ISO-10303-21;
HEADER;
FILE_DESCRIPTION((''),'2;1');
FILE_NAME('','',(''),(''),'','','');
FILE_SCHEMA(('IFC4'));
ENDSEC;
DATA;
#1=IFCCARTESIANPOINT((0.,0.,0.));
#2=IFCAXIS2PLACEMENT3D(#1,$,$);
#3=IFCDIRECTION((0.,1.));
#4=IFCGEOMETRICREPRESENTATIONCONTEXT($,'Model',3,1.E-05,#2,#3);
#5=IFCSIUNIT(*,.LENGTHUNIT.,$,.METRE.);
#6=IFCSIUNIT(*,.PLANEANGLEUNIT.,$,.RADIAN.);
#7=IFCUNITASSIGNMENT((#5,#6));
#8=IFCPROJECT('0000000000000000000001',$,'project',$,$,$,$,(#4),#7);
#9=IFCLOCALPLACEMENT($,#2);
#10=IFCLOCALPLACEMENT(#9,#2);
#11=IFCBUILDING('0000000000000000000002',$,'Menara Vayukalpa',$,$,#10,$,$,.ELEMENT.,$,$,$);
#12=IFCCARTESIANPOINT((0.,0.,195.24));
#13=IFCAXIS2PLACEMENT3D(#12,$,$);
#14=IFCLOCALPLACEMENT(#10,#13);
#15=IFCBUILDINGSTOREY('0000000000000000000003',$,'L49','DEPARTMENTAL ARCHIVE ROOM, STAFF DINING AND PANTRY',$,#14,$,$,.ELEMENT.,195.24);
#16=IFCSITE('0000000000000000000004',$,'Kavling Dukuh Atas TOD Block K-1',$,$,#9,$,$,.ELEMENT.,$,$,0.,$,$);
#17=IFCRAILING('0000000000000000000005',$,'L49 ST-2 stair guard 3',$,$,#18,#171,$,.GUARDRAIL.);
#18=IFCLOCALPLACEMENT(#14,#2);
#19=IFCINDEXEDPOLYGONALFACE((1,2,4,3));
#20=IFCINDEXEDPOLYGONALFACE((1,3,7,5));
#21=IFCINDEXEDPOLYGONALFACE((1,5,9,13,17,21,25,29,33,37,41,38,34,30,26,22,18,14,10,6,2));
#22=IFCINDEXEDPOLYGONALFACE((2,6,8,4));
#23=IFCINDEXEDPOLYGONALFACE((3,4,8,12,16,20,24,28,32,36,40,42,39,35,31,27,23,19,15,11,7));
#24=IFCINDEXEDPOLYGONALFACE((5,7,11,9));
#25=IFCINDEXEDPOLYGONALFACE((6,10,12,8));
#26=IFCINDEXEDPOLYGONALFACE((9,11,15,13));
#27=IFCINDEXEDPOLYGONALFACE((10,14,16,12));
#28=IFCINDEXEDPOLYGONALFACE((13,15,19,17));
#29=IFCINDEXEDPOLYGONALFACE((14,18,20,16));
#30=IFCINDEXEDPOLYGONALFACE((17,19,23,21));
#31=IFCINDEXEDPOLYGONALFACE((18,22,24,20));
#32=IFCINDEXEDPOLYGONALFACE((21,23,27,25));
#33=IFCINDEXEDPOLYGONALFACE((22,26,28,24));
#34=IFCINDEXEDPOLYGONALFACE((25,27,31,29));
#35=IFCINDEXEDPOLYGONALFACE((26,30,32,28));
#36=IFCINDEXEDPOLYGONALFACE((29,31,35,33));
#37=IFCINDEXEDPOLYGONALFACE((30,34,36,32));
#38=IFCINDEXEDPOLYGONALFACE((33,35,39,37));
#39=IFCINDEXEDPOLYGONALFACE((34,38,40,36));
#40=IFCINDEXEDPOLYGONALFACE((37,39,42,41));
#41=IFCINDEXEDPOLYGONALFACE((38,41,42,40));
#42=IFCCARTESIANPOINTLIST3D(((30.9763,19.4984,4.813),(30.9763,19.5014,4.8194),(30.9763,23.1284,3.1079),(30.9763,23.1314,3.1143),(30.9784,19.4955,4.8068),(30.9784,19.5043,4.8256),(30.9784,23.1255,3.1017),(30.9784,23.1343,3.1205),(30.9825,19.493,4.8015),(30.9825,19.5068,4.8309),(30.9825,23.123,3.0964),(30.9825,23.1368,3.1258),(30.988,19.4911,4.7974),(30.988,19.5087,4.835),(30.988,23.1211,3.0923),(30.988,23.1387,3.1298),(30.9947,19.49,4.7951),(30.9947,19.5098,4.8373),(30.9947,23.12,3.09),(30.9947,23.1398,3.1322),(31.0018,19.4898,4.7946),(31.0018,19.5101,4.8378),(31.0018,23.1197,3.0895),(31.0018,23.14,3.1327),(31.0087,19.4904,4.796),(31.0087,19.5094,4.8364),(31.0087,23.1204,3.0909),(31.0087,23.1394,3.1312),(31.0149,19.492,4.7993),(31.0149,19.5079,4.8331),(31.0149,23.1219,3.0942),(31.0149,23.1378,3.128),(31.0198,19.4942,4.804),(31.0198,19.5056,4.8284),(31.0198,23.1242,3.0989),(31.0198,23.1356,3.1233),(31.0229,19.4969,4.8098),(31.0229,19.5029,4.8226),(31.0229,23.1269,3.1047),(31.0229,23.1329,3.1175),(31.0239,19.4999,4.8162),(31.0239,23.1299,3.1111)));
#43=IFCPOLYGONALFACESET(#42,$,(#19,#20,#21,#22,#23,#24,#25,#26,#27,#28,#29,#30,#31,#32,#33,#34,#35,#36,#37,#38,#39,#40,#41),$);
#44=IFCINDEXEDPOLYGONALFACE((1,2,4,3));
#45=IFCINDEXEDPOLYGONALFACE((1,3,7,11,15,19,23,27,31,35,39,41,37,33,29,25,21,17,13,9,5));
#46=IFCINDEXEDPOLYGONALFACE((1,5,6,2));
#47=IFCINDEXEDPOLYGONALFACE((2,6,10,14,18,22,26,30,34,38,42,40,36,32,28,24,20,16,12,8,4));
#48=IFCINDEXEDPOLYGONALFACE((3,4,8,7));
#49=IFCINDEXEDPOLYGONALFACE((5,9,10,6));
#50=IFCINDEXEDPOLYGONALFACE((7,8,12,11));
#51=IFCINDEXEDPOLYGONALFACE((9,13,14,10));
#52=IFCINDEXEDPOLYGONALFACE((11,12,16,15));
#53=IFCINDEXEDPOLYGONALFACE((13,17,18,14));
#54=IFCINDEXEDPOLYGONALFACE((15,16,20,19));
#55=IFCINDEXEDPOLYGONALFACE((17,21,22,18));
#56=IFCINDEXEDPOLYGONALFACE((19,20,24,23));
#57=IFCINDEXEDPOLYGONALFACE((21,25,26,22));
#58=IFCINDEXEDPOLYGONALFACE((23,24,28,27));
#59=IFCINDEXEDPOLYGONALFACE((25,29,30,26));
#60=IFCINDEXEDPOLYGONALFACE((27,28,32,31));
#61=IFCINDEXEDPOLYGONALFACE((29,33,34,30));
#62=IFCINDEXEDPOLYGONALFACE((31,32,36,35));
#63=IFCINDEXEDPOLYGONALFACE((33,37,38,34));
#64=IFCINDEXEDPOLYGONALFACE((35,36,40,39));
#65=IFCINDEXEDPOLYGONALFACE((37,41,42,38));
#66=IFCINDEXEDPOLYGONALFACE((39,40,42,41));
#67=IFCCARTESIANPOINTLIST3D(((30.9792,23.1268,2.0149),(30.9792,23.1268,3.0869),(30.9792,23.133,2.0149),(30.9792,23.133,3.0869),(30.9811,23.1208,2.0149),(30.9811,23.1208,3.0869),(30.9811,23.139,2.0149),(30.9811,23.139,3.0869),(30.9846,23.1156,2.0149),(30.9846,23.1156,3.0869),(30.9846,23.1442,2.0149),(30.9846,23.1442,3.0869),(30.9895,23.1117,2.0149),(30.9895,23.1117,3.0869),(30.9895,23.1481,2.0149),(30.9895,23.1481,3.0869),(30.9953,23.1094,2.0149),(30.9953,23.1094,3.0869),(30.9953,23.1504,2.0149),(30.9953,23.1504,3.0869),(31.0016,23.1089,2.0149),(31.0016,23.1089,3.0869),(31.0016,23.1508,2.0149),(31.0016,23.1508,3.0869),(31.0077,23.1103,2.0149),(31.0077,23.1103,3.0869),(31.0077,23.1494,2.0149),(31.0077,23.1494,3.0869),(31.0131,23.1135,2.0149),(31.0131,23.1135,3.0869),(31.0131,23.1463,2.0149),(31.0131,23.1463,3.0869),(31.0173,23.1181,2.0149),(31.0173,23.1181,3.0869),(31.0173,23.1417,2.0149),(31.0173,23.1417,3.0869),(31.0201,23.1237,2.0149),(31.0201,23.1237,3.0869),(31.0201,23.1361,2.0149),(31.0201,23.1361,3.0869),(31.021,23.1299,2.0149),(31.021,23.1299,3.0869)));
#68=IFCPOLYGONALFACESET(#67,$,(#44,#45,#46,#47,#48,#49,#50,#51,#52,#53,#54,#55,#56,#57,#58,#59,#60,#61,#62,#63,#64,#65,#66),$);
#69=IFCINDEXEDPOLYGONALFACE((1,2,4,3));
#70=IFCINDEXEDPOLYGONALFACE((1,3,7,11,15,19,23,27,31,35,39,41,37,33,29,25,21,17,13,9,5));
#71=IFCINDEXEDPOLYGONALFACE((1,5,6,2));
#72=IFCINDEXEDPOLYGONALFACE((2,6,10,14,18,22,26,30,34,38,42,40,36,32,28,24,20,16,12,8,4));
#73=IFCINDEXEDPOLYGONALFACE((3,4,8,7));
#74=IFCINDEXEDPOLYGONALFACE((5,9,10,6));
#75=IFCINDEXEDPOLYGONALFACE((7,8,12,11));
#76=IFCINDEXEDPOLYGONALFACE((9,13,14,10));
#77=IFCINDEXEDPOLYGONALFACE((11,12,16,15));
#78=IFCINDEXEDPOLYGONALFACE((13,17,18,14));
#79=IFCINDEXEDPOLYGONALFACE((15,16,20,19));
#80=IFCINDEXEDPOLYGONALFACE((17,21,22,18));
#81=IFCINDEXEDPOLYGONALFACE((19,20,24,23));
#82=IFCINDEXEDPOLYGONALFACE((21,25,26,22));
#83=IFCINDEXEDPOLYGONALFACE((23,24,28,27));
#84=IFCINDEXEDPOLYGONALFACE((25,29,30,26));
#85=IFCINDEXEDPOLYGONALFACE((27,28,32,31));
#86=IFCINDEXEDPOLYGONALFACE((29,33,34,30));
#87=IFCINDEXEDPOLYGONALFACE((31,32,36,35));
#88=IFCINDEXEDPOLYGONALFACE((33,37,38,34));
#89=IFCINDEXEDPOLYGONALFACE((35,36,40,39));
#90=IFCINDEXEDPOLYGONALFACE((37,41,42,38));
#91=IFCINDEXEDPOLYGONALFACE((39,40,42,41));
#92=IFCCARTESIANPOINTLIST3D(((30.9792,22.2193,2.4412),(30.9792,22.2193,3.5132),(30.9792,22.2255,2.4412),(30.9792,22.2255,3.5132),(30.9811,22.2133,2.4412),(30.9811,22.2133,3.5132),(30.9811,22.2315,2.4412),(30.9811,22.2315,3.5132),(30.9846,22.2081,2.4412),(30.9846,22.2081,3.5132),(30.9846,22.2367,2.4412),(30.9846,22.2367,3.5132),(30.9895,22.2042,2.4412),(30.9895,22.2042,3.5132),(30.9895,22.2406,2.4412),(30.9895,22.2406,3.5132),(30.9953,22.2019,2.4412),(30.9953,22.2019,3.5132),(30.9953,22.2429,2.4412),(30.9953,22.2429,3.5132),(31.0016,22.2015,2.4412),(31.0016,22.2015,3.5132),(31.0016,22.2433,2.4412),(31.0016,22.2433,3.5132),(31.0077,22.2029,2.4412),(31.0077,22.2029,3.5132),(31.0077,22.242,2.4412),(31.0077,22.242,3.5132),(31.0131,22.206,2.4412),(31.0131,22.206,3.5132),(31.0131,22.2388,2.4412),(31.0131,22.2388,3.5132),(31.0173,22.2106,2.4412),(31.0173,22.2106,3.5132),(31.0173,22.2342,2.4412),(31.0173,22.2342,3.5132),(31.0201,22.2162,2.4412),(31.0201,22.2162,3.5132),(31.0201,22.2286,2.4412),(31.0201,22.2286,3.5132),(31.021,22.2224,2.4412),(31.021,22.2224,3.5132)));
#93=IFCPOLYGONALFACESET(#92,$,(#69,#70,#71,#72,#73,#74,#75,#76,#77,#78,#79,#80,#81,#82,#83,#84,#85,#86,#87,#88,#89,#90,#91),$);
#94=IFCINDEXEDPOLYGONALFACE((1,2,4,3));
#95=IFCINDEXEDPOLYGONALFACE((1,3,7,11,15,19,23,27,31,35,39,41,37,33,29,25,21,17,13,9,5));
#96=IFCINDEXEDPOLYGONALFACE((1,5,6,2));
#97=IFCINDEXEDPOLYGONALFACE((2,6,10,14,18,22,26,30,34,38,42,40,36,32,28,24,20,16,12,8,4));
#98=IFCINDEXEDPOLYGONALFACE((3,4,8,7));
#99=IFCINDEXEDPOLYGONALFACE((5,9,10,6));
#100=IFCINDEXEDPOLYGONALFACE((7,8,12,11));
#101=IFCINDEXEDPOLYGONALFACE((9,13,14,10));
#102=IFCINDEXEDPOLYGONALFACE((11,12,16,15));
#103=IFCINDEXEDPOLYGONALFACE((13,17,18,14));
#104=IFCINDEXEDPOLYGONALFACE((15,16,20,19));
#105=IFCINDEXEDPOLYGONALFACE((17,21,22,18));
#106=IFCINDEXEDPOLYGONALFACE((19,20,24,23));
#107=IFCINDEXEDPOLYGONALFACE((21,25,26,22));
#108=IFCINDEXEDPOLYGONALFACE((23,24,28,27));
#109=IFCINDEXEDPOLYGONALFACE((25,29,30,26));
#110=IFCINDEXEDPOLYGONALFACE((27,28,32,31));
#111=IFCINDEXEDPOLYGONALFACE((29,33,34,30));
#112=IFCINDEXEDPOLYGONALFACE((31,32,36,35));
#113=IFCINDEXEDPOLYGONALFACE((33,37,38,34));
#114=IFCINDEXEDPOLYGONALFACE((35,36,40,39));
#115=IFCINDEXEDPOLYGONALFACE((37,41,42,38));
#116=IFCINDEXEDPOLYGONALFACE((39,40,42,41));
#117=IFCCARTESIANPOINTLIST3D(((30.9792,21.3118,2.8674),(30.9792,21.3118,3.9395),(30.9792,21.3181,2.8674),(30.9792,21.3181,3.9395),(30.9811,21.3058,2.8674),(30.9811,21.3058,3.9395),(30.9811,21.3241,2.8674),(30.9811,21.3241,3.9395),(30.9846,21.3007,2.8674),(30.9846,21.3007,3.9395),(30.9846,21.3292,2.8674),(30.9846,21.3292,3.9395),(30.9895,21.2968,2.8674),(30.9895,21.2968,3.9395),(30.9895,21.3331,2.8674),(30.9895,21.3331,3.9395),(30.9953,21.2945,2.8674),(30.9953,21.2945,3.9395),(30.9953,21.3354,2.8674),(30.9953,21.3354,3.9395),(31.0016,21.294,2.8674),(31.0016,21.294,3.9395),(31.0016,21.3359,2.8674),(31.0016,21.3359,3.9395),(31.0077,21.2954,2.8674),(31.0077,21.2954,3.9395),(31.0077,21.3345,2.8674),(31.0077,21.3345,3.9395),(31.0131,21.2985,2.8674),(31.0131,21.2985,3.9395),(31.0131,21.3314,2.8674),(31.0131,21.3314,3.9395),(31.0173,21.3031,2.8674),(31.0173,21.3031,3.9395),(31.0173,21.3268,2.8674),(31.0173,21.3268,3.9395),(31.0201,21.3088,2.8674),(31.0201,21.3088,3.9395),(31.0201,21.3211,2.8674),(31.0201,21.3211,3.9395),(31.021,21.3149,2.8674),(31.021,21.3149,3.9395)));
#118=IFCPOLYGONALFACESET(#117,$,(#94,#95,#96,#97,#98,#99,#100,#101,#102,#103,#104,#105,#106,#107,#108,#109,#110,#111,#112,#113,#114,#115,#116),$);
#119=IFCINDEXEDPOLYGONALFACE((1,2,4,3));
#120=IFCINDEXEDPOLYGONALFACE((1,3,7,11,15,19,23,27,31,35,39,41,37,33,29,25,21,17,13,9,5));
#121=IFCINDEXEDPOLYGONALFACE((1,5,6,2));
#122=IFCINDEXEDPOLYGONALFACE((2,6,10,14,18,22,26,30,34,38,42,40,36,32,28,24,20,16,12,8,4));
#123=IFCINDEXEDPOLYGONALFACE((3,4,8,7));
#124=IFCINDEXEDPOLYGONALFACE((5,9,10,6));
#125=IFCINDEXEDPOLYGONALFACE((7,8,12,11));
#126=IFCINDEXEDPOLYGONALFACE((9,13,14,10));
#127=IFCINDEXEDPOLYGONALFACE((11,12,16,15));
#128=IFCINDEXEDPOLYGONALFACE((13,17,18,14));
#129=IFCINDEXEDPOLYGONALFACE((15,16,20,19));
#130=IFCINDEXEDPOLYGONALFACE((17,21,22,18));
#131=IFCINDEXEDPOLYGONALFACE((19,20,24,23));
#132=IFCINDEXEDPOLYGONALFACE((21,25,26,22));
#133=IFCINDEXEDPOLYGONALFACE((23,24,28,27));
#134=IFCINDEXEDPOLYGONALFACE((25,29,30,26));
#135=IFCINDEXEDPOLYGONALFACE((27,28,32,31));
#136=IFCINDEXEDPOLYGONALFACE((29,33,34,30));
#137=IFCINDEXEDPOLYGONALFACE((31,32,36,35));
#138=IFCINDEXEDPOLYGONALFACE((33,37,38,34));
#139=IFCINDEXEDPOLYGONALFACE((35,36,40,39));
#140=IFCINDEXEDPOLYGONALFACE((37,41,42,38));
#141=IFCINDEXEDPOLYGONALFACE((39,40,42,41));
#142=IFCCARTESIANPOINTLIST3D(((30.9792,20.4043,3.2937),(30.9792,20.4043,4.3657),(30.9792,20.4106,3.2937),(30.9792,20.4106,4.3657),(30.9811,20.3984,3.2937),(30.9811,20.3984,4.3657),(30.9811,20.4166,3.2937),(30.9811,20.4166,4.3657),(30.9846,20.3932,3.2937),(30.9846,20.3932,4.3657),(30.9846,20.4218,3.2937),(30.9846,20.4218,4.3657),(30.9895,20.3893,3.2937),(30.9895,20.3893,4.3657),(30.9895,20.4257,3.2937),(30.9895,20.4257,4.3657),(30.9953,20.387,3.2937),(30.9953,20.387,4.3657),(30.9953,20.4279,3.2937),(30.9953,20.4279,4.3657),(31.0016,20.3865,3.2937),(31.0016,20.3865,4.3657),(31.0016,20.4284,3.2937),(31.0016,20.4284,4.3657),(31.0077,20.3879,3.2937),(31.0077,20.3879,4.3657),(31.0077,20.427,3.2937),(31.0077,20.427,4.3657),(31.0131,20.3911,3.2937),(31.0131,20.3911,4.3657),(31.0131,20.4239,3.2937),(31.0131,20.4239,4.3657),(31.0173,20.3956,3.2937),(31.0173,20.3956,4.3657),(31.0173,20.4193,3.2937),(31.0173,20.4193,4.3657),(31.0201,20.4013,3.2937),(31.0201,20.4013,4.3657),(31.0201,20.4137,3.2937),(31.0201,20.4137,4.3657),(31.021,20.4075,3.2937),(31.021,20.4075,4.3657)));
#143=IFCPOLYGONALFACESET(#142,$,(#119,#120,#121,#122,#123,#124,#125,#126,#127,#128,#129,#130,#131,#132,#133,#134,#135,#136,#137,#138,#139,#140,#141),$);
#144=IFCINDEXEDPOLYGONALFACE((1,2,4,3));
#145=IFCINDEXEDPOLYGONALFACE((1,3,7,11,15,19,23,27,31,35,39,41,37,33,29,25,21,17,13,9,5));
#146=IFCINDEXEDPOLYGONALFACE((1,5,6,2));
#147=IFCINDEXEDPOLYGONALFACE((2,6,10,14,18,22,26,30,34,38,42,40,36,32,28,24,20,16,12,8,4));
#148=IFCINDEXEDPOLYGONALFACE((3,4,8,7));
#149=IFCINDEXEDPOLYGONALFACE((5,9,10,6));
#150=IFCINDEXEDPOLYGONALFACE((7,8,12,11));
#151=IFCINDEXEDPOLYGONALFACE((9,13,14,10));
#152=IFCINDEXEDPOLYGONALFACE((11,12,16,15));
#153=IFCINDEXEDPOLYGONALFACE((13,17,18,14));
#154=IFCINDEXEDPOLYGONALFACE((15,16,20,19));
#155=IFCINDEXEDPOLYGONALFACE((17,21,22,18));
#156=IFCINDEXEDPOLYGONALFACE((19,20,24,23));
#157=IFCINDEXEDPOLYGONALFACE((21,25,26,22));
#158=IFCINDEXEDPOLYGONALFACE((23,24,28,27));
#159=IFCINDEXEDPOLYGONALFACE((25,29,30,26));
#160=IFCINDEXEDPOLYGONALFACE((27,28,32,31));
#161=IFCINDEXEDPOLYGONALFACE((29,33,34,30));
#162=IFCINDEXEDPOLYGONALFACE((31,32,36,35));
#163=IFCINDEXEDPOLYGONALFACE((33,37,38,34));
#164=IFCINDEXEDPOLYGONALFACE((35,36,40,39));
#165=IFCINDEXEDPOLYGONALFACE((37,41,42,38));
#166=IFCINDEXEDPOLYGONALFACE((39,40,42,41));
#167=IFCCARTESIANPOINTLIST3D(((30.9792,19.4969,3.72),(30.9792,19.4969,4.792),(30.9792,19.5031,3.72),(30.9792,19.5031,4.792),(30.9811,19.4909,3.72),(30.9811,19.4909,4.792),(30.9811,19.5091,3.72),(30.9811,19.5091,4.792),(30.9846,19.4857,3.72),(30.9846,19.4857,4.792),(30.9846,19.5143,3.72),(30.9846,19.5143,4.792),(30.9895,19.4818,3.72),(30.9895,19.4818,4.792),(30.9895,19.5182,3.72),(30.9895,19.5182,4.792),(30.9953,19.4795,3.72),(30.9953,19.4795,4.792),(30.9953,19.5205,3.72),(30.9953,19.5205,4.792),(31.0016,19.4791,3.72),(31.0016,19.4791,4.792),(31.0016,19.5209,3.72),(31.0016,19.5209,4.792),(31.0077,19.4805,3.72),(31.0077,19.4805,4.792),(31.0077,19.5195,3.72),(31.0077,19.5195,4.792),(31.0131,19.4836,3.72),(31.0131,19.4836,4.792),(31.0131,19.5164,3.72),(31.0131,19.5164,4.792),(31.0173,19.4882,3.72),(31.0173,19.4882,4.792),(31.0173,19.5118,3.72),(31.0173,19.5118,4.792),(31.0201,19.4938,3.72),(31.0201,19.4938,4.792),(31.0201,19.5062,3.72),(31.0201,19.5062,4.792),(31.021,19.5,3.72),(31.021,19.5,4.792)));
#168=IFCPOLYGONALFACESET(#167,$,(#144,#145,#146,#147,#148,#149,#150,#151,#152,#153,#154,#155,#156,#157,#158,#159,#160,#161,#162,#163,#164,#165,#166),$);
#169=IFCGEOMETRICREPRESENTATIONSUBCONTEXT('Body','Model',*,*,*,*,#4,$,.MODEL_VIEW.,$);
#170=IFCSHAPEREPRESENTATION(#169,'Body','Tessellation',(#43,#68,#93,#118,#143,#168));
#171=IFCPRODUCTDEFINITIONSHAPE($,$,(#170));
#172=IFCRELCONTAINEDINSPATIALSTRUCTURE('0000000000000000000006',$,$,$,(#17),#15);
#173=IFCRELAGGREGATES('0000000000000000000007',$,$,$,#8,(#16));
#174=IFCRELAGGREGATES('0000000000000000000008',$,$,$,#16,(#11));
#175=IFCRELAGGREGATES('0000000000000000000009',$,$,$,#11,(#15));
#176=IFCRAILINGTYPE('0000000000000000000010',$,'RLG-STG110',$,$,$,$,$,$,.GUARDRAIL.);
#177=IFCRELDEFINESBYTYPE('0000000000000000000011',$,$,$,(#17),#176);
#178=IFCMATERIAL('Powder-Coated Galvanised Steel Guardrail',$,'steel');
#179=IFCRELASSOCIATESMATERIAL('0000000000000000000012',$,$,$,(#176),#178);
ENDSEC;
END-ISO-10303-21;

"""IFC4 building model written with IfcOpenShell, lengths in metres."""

from ifc_helpers import new_model, si_unit, direction, frame, origin, origin_2d, place, context, subcontext, project, spatial, circle, extrude, material, type_object, element, save


model = new_model("IFC4")

# Units and contexts
model_context = context("Model", 3, precision=1e-05, world=origin(), true_north=direction((0.0, 1.0)))
body_context = subcontext(model_context, "Body", "Model", "MODEL_VIEW")
ifc_project = project(units=[si_unit("LENGTHUNIT", "METRE"), si_unit("PLANEANGLEUNIT", "RADIAN")], contexts=[model_context])

# Site, building, storey
site_placement = place(None, origin())
site = spatial("IfcSite", under=ifc_project, at=site_placement, Name="Kavling Dukuh Atas TOD Block K-1", CompositionType="ELEMENT", RefElevation=0.0)
building_placement = place(site_placement, origin())
building = spatial("IfcBuilding", under=site, at=building_placement, Name="Menara Vayukalpa", CompositionType="ELEMENT")
storey_placement = place(building_placement, frame((0.0, 0.0, 195.24)))
storey = spatial("IfcBuildingStorey", under=building, at=storey_placement, Name="L49", Description="DEPARTMENTAL ARCHIVE ROOM, STAFF DINING AND PANTRY", CompositionType="ELEMENT", Elevation=195.24)

# Railing
ifc_material_1 = material(Name="Powder-Coated Galvanised Steel Guardrail", Category="steel")
railing_type_1 = type_object("IfcRailingType", Name="RLG-STG110", PredefinedType="GUARDRAIL", material=ifc_material_1)
railing_1_placement = place(storey_placement, frame((31.0, 23.1299, 2.0149)))
element("IfcRailing", 1, at=railing_1_placement, inside=storey, type_object=railing_type_1, Name="L49 ST-2 stair guard 3", PredefinedType="GUARDRAIL", context=body_context, shape_type="SweptSolid", body=[
    extrude(circle(Radius=0.0239, at=origin_2d()), frame((0.0, 0.0, 1.0962), z_axis=(0.0, -0.905116, 0.425164), x_axis=(1.0, 0.0, 0.0)), (0.0, 0.0, 1.0), 4.0105),
    extrude(circle(Radius=0.021, at=origin_2d()), origin(), (0.0, 0.0, 1.0), 1.072),
    extrude(circle(Radius=0.021, at=origin_2d()), frame((0.0, -0.9075, 0.4263)), (0.0, 0.0, 1.0), 1.072),
    extrude(circle(Radius=0.021, at=origin_2d()), frame((0.0, -1.8149, 0.8525)), (0.0, 0.0, 1.0), 1.072),
    extrude(circle(Radius=0.021, at=origin_2d()), frame((0.0, -2.7224, 1.2788)), (0.0, 0.0, 1.0), 1.072),
    extrude(circle(Radius=0.021, at=origin_2d()), frame((0.0, -3.6299, 1.7051)), (0.0, 0.0, 1.0), 1.072),
])

save(model, "model.ifc")
